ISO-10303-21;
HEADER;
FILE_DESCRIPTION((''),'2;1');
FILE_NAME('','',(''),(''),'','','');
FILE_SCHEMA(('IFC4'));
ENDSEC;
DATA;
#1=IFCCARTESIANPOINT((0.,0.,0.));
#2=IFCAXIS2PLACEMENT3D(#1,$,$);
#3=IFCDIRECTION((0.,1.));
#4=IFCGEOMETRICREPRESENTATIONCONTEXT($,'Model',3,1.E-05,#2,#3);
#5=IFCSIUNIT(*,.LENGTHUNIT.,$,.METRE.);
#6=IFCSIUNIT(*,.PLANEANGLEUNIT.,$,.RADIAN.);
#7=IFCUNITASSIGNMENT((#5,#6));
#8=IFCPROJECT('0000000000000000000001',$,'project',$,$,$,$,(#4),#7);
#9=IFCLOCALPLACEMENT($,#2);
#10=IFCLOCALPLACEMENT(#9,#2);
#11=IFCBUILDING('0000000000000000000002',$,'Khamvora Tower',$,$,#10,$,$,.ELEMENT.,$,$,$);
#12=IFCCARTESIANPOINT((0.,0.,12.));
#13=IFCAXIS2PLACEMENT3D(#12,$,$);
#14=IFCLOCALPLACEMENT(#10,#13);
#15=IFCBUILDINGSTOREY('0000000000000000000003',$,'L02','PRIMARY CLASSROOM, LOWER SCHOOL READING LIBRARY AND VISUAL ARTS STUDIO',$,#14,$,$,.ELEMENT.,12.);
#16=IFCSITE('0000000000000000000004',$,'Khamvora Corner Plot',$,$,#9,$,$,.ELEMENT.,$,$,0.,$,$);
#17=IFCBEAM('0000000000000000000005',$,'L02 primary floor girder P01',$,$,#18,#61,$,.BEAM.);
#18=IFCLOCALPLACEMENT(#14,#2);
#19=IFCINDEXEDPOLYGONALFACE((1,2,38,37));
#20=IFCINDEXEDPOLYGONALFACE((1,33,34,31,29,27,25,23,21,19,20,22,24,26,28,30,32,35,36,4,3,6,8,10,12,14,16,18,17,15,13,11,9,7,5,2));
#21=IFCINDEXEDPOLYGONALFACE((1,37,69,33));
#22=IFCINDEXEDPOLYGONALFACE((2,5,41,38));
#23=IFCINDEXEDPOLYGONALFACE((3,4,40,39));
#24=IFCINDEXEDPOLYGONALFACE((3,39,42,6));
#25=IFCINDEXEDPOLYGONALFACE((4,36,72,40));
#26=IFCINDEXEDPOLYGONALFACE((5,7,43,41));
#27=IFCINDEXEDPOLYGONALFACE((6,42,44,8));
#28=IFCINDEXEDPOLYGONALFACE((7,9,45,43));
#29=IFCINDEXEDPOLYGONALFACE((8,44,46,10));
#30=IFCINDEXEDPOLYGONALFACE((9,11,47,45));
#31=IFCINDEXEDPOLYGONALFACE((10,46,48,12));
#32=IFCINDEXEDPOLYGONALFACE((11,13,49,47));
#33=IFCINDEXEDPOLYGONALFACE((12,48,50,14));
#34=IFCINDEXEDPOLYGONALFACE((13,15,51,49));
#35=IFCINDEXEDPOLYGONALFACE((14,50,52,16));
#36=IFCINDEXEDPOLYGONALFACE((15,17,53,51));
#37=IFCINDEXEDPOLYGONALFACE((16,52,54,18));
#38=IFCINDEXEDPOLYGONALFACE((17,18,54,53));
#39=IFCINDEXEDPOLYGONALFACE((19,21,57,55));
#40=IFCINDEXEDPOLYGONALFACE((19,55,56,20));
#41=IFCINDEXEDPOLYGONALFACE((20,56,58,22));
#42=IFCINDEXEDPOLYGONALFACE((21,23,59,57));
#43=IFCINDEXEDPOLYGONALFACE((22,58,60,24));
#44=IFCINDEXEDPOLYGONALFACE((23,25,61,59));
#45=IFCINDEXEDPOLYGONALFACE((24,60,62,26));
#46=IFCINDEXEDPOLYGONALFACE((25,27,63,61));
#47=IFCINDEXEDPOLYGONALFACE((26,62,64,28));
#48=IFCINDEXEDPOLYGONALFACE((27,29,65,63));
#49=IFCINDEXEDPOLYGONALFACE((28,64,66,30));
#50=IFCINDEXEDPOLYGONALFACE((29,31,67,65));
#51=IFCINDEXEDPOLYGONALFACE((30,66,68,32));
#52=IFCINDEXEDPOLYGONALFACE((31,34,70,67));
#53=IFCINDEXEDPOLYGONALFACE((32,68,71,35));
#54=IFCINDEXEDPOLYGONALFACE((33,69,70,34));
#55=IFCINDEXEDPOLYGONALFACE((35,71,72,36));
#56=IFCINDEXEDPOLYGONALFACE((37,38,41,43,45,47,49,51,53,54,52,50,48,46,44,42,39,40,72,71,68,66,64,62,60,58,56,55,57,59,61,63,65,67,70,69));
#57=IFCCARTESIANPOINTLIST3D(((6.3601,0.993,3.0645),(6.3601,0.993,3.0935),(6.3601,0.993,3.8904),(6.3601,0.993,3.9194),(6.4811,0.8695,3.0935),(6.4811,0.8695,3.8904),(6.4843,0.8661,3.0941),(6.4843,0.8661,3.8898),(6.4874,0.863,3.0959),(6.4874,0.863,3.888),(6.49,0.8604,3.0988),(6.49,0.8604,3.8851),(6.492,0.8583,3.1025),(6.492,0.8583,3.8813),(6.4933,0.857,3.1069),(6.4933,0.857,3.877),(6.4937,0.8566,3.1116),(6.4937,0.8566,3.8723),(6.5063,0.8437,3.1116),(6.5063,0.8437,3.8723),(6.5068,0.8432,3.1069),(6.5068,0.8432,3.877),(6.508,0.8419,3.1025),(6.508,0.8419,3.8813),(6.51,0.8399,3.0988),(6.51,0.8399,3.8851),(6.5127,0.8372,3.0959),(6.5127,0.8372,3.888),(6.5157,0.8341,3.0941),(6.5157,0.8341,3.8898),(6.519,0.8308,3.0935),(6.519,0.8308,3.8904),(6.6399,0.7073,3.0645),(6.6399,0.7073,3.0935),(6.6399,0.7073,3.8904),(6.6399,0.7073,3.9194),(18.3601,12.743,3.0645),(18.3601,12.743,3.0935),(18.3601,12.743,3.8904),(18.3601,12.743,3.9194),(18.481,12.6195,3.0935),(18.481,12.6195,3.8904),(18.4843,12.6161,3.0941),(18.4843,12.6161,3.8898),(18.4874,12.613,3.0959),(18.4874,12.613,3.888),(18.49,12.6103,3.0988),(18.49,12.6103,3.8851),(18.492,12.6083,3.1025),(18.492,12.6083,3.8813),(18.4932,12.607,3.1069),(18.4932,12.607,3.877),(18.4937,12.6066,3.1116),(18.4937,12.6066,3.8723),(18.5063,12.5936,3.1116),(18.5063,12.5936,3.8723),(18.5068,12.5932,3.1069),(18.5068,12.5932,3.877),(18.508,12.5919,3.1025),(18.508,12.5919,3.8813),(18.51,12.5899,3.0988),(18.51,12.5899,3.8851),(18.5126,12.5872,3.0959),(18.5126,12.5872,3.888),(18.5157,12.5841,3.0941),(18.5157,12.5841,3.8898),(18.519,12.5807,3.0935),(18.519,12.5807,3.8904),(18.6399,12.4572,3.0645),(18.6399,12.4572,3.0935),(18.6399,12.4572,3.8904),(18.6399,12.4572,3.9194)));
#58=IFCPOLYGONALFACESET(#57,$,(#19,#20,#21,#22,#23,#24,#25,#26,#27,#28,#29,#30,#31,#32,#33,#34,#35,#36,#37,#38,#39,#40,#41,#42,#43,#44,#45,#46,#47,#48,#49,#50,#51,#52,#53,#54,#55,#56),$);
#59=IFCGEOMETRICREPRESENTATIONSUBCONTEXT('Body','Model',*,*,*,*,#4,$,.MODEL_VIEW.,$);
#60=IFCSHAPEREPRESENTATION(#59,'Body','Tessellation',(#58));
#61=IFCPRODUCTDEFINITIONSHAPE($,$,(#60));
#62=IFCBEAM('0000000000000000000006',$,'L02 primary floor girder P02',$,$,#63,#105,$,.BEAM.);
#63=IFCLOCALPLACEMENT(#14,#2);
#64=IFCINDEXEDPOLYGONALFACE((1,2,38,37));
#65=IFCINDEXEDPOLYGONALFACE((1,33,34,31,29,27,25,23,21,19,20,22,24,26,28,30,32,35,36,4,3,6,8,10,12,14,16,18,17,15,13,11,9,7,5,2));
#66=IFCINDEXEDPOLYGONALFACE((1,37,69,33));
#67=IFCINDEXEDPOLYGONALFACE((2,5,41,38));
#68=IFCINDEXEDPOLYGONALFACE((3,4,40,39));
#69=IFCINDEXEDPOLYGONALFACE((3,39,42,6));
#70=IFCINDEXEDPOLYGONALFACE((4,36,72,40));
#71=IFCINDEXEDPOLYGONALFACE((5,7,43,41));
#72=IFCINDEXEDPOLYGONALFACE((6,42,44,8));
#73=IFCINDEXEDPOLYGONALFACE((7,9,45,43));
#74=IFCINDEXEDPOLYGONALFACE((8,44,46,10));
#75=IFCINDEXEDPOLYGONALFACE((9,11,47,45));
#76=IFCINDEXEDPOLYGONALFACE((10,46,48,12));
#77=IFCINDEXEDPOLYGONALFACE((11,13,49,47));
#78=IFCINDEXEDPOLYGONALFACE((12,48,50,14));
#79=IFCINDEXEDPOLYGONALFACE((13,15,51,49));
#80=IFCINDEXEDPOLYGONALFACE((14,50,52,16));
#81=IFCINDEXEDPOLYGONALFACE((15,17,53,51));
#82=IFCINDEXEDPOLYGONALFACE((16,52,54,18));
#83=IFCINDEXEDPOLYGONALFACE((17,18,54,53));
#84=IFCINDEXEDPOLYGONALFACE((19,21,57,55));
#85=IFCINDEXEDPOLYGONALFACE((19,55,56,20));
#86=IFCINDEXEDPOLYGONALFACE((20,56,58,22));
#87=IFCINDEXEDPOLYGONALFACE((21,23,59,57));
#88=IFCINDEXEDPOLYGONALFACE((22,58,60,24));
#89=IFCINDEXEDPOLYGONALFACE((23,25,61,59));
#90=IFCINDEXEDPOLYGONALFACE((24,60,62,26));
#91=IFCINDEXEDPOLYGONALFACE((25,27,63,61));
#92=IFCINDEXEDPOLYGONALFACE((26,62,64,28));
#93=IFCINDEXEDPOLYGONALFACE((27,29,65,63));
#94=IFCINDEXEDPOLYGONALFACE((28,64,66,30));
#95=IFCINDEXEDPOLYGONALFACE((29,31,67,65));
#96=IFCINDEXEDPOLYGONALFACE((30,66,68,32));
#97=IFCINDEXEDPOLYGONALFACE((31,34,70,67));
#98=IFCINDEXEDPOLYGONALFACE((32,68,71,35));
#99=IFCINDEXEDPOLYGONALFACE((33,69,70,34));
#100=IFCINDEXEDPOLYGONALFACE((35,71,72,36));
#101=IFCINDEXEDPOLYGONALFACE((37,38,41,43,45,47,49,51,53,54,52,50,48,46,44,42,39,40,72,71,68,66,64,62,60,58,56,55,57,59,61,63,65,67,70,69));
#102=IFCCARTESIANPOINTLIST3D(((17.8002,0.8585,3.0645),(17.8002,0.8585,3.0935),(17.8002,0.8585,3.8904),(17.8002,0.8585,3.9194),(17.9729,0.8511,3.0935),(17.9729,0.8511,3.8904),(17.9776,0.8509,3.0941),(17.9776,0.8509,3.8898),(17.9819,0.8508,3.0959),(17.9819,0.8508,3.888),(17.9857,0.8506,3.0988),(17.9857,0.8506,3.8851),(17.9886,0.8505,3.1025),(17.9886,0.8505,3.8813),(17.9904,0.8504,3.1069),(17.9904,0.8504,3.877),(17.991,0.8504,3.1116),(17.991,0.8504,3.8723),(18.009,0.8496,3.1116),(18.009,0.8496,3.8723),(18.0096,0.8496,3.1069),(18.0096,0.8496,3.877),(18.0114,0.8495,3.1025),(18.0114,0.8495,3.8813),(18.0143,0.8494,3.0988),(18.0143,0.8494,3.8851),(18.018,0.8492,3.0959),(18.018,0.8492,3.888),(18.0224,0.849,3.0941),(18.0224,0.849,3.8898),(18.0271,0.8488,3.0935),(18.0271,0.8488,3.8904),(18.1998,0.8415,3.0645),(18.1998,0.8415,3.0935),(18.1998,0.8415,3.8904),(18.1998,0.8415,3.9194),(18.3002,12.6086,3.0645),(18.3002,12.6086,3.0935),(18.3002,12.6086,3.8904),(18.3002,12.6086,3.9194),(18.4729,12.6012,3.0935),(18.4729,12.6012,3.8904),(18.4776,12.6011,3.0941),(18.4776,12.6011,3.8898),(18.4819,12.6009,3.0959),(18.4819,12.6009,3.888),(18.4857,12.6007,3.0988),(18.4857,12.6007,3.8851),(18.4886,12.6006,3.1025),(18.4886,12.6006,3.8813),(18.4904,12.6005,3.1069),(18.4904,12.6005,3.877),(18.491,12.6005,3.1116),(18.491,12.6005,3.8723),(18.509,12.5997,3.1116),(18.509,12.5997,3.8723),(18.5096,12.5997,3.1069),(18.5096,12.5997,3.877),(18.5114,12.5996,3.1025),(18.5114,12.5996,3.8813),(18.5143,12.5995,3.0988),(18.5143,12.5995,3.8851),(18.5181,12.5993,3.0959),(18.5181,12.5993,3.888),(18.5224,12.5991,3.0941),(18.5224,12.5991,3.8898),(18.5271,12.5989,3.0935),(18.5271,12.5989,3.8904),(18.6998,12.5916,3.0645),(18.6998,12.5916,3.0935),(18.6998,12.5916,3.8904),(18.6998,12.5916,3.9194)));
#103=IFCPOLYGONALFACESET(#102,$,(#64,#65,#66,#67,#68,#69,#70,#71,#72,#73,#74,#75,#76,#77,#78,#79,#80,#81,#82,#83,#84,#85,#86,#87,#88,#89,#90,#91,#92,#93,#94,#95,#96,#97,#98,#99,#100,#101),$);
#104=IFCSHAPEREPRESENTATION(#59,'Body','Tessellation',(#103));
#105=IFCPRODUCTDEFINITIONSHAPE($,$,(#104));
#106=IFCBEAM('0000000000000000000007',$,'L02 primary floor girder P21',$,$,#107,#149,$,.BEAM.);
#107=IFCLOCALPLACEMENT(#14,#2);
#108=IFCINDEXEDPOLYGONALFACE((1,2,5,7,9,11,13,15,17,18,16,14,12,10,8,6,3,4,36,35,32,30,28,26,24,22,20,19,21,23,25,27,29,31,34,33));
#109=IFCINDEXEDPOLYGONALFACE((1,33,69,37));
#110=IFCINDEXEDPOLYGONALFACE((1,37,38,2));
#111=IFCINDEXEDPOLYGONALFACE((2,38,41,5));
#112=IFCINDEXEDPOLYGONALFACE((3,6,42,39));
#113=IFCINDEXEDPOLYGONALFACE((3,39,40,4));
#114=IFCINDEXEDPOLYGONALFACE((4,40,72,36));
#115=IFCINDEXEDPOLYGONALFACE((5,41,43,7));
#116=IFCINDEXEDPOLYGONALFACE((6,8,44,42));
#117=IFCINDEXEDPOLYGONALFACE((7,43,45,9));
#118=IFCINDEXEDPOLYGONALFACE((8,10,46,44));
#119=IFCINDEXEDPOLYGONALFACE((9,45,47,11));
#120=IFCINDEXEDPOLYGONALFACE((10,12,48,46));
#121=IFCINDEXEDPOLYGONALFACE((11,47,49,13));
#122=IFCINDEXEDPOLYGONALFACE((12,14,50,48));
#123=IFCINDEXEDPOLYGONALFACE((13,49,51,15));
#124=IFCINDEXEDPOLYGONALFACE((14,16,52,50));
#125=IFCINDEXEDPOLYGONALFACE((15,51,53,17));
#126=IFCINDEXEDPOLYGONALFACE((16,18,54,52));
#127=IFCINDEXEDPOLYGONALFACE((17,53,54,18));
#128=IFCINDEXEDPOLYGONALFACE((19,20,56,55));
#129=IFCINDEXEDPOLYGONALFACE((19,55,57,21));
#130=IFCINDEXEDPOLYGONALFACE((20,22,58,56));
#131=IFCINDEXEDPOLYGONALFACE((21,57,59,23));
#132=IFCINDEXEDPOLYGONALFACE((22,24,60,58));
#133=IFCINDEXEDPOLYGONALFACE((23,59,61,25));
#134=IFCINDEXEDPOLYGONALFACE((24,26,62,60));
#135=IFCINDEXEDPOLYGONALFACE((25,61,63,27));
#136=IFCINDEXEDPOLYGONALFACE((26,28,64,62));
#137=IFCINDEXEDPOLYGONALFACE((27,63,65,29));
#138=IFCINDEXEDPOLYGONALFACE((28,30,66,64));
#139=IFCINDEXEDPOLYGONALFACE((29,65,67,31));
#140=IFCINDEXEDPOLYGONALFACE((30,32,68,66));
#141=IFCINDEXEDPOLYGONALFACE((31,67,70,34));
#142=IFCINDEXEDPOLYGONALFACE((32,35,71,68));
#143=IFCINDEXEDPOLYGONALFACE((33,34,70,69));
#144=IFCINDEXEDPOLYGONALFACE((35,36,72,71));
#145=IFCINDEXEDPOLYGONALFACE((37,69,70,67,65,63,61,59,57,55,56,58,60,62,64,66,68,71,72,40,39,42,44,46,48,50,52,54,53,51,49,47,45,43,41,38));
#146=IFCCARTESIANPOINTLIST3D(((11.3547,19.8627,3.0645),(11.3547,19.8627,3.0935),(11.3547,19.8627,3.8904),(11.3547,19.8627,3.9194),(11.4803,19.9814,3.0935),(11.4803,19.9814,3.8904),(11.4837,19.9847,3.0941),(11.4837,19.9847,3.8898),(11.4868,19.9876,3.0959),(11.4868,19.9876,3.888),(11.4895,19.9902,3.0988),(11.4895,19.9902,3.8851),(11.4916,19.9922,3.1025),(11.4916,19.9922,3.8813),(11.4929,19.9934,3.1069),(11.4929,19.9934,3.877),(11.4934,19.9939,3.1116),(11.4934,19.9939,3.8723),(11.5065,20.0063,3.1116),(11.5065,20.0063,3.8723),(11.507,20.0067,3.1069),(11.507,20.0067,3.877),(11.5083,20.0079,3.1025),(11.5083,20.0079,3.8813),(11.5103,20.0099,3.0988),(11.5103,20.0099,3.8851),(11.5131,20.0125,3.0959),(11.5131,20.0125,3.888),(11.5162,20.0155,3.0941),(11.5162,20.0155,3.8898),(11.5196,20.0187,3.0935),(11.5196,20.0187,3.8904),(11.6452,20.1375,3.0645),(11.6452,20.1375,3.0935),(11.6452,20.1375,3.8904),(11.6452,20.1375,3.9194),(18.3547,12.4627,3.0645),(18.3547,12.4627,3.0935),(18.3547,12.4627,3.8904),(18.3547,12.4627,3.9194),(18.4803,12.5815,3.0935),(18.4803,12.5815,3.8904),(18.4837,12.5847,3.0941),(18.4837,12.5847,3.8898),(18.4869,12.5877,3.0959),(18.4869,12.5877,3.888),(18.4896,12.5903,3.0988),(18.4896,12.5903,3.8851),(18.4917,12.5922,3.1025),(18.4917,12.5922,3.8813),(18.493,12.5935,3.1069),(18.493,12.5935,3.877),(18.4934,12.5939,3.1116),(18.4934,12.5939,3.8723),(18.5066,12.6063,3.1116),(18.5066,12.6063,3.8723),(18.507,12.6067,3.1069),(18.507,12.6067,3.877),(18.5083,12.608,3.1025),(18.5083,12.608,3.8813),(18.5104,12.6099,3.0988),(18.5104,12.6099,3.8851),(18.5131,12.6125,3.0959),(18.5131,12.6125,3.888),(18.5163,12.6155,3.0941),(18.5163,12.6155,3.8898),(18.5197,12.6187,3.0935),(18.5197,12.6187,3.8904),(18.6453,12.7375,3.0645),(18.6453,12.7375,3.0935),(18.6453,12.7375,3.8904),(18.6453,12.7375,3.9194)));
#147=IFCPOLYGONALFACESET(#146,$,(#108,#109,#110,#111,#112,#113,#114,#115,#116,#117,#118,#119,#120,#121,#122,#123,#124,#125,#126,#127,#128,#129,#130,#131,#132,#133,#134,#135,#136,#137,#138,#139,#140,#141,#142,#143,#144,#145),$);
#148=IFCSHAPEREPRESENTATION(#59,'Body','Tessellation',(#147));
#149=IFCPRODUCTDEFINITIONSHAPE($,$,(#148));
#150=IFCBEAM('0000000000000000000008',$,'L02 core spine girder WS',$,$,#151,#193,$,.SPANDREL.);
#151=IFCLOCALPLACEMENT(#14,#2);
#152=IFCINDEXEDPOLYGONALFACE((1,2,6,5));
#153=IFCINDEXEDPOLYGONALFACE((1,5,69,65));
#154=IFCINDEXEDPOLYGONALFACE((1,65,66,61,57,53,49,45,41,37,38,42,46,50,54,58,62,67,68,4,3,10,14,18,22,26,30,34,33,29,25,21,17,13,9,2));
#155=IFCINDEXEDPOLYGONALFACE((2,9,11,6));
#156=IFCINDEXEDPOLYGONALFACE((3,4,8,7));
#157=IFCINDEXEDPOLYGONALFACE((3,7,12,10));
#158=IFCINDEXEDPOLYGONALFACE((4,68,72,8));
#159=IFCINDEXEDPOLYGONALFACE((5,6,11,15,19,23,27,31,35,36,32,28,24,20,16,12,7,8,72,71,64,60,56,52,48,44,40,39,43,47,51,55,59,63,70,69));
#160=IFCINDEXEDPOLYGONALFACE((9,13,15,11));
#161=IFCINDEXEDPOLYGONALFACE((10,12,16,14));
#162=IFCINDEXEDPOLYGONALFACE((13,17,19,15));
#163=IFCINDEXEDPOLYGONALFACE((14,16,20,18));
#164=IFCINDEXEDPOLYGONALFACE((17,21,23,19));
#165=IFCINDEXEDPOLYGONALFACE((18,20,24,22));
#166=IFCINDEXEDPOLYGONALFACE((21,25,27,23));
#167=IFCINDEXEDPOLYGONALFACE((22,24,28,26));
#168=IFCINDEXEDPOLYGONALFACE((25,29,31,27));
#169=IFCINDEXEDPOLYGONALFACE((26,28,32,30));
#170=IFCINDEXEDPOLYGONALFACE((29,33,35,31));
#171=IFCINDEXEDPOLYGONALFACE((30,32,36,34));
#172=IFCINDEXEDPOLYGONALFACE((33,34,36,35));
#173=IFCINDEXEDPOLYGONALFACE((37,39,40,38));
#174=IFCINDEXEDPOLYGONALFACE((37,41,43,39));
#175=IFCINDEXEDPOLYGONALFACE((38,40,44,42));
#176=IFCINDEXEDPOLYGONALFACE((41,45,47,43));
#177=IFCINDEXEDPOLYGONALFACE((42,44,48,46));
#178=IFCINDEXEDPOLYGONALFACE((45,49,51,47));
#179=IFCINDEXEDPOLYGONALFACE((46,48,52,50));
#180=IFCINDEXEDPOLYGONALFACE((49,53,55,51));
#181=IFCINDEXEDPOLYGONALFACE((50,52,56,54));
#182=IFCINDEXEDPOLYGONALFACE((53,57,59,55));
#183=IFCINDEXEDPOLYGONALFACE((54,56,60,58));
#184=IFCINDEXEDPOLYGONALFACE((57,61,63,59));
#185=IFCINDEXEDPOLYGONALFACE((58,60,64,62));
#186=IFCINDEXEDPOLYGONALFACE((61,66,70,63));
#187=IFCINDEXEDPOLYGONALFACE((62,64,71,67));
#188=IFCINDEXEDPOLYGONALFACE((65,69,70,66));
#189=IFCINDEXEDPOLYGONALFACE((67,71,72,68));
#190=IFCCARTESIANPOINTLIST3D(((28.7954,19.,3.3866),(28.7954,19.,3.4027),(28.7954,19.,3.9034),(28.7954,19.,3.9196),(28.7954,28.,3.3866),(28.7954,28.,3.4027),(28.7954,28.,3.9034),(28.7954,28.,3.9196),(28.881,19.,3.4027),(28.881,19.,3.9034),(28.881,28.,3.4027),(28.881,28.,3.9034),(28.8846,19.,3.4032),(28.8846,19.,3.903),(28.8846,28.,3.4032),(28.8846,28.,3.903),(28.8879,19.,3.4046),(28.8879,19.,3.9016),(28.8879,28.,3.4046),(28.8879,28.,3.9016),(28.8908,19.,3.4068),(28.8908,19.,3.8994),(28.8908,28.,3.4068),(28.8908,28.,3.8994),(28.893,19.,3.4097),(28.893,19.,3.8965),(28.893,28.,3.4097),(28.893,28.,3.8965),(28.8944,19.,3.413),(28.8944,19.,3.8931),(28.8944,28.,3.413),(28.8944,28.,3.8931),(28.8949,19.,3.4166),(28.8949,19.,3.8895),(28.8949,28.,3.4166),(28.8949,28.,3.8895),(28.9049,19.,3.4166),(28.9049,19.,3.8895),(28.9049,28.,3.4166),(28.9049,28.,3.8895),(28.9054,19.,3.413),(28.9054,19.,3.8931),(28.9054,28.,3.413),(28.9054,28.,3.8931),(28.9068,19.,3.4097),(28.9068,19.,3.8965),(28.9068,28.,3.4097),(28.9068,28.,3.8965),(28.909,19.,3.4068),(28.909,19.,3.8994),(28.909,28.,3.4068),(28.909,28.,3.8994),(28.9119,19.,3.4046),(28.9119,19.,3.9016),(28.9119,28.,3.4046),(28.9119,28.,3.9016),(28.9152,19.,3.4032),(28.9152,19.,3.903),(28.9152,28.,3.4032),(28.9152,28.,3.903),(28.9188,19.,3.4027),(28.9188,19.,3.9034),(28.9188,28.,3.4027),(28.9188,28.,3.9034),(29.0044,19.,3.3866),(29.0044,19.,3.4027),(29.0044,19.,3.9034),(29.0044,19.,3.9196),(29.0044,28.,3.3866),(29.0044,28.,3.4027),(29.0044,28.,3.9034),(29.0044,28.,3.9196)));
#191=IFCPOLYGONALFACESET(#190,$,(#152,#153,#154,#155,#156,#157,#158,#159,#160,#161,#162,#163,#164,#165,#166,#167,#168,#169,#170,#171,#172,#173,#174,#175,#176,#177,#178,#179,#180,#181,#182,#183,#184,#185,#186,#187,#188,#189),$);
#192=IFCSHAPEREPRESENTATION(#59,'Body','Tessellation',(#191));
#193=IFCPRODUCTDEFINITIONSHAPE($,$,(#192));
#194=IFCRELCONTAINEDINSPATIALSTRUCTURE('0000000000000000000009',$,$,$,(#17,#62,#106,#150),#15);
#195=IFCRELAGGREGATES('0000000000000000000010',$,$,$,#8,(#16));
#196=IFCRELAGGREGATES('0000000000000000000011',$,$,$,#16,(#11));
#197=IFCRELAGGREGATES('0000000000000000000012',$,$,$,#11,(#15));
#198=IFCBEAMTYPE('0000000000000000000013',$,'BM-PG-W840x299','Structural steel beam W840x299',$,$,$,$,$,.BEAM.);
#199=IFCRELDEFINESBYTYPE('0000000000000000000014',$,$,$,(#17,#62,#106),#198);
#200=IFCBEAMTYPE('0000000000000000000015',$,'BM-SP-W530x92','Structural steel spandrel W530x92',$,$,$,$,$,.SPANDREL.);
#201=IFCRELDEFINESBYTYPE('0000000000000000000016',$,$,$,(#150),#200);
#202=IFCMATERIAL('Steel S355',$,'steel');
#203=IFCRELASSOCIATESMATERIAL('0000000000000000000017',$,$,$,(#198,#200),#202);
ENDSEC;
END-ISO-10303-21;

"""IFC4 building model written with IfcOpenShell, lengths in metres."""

from ifc_helpers import new_model, si_unit, direction, frame, origin, origin_2d, place, context, subcontext, project, spatial, i_section, extrude, material, material_profile, profile_set, type_object, element, save


model = new_model("IFC4")

# Units and contexts
model_context = context("Model", 3, precision=1e-05, world=origin(), true_north=direction((0.0, 1.0)))
body_context = subcontext(model_context, "Body", "Model", "MODEL_VIEW")
ifc_project = project(units=[si_unit("LENGTHUNIT", "METRE"), si_unit("PLANEANGLEUNIT", "RADIAN")], contexts=[model_context])

# Site, building, storey
site_placement = place(None, origin())
site = spatial("IfcSite", under=ifc_project, at=site_placement, Name="Khamvora Corner Plot", CompositionType="ELEMENT", RefElevation=0.0)
building_placement = place(site_placement, origin())
building = spatial("IfcBuilding", under=site, at=building_placement, Name="Khamvora Tower", CompositionType="ELEMENT")
storey_placement = place(building_placement, frame((0.0, 0.0, 12.0)))
storey = spatial("IfcBuildingStorey", under=building, at=storey_placement, Name="L02", Description="PRIMARY CLASSROOM, LOWER SCHOOL READING LIBRARY AND VISUAL ARTS STUDIO", CompositionType="ELEMENT", Elevation=12.0)

# Beams
ifc_material_1 = material(Name="Steel S355", Category="steel")
ifc_material_profile_1 = material_profile(ifc_material_1, i_section(OverallWidth=0.3999, OverallDepth=0.855, WebThickness=0.0181, FlangeThickness=0.0291, FilletRadius=0.0181, at=origin_2d()), Name="W840x299")
ifc_profile_set_1 = profile_set([ifc_material_profile_1], Name="Steel S355")
beam_type_1 = type_object("IfcBeamType", Name="BM-PG-W840x299", Description="Structural steel beam W840x299", PredefinedType="BEAM", material=ifc_profile_set_1)
beam_1_placement = place(storey_placement, frame((18.5, 12.6001, 3.4919), z_axis=(-0.71451, -0.699625, 0.0), x_axis=(0.699625, -0.71451, 0.0)))
element("IfcBeam", 1, at=beam_1_placement, inside=storey, type_object=beam_type_1, Name="L02 primary floor girder P01", PredefinedType="BEAM", context=body_context, shape_type="SweptSolid", body=[
    extrude(i_section(OverallWidth=0.3999, OverallDepth=0.855, WebThickness=0.0181, FlangeThickness=0.0291, FilletRadius=0.0181, at=origin_2d()), origin(), (0.0, 0.0, 1.0), 16.7947),
])
beam_2_placement = place(storey_placement, frame((18.5, 12.6001, 3.4919), z_axis=(-0.042515, -0.999096, 0.0), x_axis=(0.999096, -0.042515, 0.0)))
element("IfcBeam", 2, at=beam_2_placement, inside=storey, type_object=beam_type_1, Name="L02 primary floor girder P02", PredefinedType="BEAM", context=body_context, shape_type="SweptSolid", body=[
    extrude(i_section(OverallWidth=0.3999, OverallDepth=0.855, WebThickness=0.0181, FlangeThickness=0.0291, FilletRadius=0.0181, at=origin_2d()), origin(), (0.0, 0.0, 1.0), 11.7607),
])
beam_3_placement = place(storey_placement, frame((18.5, 12.6001, 3.4919), z_axis=(-0.687205, 0.726464, 0.0), x_axis=(-0.726464, -0.687205, 0.0)))
element("IfcBeam", 3, at=beam_3_placement, inside=storey, type_object=beam_type_1, Name="L02 primary floor girder P21", PredefinedType="BEAM", context=body_context, shape_type="SweptSolid", body=[
    extrude(i_section(OverallWidth=0.3999, OverallDepth=0.855, WebThickness=0.0181, FlangeThickness=0.0291, FilletRadius=0.0181, at=origin_2d()), origin(), (0.0, 0.0, 1.0), 10.1863),
])
ifc_material_profile_2 = material_profile(ifc_material_1, i_section(OverallWidth=0.209, OverallDepth=0.533, WebThickness=0.01, FlangeThickness=0.0161, FilletRadius=0.0139, at=origin_2d()), Name="W530x92")
ifc_profile_set_2 = profile_set([ifc_material_profile_2], Name="Steel S355")
beam_type_2 = type_object("IfcBeamType", Name="BM-SP-W530x92", Description="Structural steel spandrel W530x92", PredefinedType="SPANDREL", material=ifc_profile_set_2)
beam_4_placement = place(storey_placement, frame((28.8999, 19.0, 3.6531), z_axis=(0.0, 1.0, 0.0), x_axis=(-1.0, 0.0, 0.0)))
element("IfcBeam", 4, at=beam_4_placement, inside=storey, type_object=beam_type_2, Name="L02 core spine girder WS", PredefinedType="SPANDREL", context=body_context, shape_type="SweptSolid", body=[
    extrude(i_section(OverallWidth=0.209, OverallDepth=0.533, WebThickness=0.01, FlangeThickness=0.0161, FilletRadius=0.0139, at=origin_2d()), origin(), (0.0, 0.0, 1.0), 9.0),
])

save(model, "model.ifc")
